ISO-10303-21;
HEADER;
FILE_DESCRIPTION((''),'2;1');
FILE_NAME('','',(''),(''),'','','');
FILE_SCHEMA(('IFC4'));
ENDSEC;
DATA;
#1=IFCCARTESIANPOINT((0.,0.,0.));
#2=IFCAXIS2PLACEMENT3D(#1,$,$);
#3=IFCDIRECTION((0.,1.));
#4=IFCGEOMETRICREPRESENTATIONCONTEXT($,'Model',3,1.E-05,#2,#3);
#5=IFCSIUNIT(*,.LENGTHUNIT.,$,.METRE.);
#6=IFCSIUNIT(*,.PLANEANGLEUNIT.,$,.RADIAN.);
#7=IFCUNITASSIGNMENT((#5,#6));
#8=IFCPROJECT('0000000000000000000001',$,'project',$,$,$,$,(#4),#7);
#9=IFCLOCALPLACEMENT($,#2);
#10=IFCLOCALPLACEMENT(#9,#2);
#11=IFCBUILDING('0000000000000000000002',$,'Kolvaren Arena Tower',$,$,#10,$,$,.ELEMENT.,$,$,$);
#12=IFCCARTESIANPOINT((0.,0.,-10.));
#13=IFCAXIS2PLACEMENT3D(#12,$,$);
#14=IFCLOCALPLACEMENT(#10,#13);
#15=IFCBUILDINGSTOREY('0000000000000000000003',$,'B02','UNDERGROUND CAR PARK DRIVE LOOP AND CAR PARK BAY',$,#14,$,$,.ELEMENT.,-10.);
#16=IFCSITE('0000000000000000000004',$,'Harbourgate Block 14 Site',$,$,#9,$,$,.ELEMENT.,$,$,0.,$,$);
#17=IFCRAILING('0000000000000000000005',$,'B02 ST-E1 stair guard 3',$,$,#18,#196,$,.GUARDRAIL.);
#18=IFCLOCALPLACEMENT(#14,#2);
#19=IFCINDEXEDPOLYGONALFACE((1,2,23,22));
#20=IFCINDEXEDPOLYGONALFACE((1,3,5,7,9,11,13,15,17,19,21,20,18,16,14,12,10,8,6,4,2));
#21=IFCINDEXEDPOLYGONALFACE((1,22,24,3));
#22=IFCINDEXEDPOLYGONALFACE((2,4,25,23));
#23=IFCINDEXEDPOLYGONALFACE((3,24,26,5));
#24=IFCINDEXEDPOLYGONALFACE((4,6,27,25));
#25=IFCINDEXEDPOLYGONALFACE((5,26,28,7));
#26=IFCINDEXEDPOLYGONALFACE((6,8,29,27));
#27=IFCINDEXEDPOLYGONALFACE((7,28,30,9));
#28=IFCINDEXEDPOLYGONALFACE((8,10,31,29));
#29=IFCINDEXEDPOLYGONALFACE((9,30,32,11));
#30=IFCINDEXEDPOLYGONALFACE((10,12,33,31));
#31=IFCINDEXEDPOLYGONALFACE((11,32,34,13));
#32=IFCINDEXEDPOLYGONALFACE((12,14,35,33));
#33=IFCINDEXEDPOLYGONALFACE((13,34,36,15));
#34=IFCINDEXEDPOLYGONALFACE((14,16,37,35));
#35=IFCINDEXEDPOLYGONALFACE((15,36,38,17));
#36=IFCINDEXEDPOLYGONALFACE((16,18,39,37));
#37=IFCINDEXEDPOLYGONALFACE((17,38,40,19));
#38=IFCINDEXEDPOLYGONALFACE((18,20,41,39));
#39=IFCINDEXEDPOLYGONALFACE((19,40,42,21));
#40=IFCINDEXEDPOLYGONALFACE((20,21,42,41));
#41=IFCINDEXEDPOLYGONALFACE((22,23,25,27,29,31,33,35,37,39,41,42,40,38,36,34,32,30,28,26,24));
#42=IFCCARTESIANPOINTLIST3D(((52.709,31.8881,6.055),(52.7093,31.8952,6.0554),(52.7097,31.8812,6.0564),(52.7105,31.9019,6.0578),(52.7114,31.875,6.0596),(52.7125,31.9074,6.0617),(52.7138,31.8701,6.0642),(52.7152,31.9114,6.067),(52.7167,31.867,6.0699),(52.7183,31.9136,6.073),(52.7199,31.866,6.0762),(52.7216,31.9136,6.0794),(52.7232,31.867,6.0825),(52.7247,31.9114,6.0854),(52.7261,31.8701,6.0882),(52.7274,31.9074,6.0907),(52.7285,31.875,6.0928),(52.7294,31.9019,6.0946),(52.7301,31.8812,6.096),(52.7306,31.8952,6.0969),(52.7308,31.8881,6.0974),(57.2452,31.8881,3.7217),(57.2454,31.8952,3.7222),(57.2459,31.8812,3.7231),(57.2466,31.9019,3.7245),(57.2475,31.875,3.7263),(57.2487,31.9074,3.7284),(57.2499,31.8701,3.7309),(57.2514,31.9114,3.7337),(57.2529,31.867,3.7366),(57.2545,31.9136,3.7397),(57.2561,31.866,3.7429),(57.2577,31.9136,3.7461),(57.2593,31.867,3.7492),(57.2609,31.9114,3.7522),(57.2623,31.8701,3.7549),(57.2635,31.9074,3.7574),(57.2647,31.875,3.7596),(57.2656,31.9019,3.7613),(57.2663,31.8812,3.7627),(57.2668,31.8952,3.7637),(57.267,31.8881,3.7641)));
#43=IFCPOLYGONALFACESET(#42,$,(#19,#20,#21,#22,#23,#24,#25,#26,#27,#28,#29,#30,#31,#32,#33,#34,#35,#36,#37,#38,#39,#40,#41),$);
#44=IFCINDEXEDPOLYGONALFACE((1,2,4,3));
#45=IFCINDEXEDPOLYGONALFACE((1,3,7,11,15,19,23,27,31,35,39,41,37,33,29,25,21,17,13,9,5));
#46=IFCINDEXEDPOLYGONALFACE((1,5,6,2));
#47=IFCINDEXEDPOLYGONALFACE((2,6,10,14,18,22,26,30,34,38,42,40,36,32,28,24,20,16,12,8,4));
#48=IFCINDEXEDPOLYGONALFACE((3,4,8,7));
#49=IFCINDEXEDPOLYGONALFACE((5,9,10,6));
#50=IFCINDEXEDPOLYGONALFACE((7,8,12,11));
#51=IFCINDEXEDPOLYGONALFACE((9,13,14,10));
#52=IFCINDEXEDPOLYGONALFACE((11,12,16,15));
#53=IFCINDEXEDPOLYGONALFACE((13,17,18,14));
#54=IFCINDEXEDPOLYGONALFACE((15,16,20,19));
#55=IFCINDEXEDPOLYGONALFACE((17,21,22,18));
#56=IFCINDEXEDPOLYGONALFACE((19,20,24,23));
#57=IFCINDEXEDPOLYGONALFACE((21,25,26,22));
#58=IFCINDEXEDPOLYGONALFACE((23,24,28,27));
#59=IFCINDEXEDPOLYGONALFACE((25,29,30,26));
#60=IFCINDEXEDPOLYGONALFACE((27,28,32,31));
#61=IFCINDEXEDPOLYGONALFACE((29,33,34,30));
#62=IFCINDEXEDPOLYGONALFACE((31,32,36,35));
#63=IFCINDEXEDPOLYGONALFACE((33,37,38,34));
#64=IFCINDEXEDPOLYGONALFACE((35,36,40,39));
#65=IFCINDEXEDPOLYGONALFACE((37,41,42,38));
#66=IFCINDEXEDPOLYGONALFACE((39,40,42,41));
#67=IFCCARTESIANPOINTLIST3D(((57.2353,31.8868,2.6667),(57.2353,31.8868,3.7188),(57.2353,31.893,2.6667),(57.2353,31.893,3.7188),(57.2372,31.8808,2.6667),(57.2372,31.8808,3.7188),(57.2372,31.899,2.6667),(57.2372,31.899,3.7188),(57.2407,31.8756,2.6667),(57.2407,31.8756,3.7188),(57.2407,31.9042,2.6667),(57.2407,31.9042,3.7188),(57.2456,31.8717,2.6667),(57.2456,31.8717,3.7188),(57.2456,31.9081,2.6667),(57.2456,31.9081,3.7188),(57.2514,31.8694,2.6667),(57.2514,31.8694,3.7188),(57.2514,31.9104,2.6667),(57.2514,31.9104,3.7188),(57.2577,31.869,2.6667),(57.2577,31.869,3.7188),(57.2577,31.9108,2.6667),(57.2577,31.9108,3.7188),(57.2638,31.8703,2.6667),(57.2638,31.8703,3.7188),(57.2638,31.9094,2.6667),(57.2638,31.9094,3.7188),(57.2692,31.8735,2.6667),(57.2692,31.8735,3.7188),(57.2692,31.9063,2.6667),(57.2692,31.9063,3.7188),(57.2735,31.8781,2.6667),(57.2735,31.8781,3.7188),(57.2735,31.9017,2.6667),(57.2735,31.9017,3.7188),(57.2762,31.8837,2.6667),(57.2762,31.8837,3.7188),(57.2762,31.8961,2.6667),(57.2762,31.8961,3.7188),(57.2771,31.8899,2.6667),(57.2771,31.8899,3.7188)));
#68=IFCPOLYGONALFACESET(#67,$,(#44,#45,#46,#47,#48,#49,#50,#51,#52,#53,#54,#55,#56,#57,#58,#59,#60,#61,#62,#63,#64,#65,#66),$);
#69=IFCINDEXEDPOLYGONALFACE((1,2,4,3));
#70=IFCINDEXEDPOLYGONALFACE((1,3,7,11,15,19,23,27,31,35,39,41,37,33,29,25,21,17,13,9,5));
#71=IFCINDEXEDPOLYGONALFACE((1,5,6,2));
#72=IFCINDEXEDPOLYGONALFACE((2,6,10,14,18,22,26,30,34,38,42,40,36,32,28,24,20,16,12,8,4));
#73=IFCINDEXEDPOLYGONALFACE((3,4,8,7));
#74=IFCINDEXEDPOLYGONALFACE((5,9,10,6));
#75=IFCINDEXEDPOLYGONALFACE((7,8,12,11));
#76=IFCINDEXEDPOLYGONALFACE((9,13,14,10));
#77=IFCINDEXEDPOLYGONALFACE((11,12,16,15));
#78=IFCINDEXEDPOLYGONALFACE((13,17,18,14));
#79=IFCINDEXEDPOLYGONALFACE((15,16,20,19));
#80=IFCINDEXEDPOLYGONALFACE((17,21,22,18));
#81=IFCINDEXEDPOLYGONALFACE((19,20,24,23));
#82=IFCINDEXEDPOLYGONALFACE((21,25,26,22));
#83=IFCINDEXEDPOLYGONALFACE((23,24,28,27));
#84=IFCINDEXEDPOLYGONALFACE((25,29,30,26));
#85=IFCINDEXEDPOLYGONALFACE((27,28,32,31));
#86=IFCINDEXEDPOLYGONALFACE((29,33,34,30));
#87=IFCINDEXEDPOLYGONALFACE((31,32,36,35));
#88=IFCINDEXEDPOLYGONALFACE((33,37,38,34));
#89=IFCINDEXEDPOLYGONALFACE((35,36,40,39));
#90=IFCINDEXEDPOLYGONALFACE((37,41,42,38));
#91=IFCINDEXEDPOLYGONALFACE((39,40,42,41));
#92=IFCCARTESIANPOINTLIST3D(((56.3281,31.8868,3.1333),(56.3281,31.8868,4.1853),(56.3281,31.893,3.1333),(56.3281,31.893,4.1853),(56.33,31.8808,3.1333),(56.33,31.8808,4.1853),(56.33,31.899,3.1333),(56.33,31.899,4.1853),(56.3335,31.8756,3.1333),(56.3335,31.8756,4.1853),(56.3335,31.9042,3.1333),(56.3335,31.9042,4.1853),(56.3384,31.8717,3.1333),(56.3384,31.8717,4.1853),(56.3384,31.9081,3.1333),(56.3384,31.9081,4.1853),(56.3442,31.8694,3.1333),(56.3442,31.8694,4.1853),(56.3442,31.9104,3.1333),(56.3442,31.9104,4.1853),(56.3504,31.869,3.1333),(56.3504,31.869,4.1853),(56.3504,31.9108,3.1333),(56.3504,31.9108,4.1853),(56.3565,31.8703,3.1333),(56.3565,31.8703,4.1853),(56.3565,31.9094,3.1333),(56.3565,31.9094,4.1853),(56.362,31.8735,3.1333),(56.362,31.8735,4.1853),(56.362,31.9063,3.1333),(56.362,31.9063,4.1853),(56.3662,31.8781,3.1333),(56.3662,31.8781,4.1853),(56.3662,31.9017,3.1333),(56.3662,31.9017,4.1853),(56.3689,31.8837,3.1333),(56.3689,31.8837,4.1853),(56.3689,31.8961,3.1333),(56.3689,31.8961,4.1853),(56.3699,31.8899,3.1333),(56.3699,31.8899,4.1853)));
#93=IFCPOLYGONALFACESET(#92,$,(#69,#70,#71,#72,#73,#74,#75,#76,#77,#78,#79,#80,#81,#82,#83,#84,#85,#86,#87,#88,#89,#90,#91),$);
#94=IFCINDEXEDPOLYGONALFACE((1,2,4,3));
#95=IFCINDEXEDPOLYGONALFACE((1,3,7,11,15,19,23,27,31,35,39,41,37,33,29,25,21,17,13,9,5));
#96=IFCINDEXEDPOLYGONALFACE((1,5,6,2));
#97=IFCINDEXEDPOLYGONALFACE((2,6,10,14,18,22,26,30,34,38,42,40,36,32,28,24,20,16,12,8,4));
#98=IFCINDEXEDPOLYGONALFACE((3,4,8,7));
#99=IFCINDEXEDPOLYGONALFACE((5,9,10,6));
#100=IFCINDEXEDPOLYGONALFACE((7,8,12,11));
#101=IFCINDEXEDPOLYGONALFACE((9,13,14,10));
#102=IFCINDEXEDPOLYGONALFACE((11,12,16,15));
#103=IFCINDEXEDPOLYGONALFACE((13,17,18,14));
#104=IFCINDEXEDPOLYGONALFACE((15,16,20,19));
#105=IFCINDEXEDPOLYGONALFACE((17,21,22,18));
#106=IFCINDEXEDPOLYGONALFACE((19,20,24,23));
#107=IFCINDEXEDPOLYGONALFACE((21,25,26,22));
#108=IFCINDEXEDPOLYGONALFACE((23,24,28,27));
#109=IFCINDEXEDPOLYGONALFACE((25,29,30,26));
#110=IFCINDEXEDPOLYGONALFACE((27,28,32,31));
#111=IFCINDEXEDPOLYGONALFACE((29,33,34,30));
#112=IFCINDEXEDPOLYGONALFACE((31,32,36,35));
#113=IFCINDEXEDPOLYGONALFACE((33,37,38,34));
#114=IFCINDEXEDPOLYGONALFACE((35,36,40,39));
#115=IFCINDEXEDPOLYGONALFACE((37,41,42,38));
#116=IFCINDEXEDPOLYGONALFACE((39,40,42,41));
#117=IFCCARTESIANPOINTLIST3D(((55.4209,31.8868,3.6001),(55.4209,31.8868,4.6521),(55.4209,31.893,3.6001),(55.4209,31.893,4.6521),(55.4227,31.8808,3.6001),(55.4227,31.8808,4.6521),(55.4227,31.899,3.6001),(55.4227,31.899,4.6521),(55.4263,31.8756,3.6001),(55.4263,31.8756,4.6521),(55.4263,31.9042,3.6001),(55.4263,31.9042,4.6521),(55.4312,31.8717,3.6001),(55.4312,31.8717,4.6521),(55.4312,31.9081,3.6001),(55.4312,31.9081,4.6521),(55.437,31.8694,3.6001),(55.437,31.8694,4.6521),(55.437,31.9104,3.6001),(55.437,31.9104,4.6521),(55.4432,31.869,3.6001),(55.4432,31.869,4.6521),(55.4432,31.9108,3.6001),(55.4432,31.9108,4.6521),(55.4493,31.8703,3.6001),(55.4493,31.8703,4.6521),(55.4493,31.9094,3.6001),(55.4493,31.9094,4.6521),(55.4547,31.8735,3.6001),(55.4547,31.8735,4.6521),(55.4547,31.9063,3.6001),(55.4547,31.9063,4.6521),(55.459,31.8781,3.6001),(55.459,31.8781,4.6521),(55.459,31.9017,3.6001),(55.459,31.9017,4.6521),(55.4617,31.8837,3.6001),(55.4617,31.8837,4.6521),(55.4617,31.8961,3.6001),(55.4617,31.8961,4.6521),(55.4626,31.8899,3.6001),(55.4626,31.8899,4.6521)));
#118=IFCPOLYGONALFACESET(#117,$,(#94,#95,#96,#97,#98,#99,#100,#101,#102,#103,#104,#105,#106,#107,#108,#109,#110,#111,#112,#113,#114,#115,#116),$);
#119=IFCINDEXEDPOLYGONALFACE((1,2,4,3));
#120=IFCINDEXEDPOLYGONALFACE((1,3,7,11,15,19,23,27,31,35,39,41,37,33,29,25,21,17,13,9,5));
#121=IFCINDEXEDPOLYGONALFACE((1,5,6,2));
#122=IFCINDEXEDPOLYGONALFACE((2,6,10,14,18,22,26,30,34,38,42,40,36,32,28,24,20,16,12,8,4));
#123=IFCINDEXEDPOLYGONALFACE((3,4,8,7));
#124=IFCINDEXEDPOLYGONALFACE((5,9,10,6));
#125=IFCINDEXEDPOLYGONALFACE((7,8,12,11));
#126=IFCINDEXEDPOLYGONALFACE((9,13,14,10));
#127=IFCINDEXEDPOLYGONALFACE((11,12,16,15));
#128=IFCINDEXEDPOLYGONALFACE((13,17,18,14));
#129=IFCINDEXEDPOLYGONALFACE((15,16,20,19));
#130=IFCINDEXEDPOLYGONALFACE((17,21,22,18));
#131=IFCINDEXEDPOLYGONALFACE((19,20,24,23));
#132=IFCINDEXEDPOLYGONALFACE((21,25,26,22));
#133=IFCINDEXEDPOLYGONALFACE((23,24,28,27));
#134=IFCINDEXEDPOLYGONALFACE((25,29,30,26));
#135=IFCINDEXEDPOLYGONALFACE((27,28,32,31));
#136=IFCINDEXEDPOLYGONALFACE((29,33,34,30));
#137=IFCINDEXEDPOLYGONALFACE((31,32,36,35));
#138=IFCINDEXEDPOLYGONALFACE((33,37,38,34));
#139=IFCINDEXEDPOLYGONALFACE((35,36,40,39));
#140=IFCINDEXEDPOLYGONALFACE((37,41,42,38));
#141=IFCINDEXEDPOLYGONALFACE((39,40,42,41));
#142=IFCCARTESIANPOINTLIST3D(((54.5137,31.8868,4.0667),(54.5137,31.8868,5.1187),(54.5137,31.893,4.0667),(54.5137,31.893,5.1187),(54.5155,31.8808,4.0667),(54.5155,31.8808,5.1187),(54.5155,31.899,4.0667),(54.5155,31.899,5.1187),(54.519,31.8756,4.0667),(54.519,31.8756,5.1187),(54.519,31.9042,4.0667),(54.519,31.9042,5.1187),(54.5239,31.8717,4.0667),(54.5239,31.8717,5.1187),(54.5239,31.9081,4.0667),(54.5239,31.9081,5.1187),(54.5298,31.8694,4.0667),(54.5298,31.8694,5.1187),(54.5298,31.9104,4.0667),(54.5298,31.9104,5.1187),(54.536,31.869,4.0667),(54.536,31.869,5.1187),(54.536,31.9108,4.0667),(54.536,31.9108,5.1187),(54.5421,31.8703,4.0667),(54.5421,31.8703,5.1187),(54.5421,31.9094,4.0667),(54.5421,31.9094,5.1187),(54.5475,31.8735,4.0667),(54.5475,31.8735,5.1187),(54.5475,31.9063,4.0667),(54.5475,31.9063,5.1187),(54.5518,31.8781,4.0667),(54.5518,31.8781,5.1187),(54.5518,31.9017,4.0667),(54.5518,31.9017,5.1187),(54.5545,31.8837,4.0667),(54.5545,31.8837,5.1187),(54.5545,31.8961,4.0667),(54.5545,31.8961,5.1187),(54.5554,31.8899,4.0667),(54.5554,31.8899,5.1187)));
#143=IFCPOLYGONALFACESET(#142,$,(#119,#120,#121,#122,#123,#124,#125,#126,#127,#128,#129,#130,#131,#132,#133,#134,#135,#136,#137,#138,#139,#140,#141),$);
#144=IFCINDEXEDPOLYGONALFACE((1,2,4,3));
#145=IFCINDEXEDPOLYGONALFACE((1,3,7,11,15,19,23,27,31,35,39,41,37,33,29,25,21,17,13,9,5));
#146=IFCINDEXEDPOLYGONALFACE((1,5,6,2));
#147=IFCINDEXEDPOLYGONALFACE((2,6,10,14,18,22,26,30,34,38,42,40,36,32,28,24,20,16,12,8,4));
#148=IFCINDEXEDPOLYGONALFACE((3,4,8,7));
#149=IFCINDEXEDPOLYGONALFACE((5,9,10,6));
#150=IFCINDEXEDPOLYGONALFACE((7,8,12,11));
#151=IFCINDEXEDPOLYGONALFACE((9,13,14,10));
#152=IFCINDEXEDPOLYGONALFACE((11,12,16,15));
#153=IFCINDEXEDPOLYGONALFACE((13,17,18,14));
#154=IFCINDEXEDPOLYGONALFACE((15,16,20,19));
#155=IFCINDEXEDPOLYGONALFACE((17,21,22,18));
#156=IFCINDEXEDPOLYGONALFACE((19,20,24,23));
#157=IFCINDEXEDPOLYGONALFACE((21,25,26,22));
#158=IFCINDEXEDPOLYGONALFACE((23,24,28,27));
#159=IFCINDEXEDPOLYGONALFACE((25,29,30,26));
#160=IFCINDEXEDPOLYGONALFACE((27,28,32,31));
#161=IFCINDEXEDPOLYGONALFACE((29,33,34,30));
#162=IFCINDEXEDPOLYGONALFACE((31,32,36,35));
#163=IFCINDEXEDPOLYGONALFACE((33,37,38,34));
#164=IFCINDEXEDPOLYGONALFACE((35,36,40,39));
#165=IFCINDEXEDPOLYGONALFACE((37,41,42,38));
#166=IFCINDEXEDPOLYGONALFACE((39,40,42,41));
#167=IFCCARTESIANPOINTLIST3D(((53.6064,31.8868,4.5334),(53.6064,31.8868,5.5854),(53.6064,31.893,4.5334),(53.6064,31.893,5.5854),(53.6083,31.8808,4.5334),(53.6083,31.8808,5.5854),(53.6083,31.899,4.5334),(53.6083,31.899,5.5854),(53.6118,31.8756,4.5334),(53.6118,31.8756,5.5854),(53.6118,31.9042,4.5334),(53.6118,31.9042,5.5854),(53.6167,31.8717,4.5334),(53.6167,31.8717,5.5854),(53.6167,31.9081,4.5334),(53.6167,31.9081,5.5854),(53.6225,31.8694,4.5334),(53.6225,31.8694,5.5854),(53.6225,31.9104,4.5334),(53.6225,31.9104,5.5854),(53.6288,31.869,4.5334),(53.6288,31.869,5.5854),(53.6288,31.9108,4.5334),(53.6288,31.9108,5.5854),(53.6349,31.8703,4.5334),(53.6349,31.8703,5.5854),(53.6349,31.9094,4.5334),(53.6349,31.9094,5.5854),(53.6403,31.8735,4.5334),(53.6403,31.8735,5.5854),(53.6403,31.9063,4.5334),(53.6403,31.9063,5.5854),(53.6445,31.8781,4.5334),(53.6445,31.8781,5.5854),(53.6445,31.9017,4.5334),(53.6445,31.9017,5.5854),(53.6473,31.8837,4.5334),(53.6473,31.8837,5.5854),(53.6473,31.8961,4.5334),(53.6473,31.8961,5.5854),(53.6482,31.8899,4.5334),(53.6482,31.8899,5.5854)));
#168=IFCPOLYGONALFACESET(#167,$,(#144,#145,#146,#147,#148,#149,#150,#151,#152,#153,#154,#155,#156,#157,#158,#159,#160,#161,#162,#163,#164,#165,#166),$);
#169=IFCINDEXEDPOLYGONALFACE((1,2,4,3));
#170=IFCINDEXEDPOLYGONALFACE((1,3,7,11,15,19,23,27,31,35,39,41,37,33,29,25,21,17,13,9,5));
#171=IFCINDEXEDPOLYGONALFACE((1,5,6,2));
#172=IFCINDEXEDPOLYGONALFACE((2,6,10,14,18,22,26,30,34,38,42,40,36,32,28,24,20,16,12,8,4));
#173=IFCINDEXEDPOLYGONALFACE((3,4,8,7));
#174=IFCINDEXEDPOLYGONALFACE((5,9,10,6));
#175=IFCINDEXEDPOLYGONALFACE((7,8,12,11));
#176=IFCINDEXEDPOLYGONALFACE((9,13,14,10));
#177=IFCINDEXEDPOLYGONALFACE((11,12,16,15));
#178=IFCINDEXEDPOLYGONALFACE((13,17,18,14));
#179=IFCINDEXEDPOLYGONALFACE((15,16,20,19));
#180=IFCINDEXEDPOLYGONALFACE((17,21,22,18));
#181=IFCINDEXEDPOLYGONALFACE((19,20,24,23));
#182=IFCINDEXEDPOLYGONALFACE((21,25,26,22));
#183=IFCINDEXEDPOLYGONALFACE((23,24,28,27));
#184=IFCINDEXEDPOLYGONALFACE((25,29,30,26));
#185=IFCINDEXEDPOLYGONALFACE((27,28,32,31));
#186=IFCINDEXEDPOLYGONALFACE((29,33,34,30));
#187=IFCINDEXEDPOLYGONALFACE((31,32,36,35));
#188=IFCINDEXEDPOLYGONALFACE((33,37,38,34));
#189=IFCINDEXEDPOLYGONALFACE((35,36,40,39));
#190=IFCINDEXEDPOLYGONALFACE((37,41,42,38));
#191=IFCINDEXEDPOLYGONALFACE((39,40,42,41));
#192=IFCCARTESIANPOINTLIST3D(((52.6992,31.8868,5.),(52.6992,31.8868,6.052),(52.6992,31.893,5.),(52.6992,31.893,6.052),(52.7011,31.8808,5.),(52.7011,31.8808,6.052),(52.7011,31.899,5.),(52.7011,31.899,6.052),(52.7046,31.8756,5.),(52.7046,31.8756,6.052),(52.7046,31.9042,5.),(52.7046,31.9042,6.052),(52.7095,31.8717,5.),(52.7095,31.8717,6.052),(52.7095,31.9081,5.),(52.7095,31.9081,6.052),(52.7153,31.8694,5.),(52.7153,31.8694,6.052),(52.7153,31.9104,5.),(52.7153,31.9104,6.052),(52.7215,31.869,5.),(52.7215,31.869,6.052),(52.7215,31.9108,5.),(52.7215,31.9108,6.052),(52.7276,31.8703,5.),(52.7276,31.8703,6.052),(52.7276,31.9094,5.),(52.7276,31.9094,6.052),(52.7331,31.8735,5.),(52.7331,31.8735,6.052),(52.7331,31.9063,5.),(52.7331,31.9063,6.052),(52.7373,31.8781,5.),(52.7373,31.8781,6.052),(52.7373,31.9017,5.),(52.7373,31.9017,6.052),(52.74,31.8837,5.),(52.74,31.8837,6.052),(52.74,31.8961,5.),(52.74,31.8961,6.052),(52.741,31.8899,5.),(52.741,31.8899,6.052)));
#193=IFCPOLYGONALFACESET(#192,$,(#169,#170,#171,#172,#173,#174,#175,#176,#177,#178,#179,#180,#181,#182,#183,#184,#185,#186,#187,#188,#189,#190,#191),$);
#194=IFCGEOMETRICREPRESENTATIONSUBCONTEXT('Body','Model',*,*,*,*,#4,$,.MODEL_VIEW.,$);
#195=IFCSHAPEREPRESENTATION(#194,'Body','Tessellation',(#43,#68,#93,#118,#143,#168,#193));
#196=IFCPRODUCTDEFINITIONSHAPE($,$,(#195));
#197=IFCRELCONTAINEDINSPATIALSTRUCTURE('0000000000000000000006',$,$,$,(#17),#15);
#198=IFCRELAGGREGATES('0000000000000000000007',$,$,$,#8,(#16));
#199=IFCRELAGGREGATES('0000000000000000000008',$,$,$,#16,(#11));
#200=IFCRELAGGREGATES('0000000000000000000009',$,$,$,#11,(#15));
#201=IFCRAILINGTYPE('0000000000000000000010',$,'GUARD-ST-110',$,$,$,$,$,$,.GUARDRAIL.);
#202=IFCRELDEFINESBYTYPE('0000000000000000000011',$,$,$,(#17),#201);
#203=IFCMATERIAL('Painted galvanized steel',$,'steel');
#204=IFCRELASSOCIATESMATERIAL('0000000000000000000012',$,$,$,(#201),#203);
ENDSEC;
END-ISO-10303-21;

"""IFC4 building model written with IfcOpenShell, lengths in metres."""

from ifc_helpers import new_model, si_unit, direction, frame, origin, origin_2d, place, context, subcontext, project, spatial, circle, extrude, material, type_object, element, save


model = new_model("IFC4")

# Units and contexts
model_context = context("Model", 3, precision=1e-05, world=origin(), true_north=direction((0.0, 1.0)))
body_context = subcontext(model_context, "Body", "Model", "MODEL_VIEW")
ifc_project = project(units=[si_unit("LENGTHUNIT", "METRE"), si_unit("PLANEANGLEUNIT", "RADIAN")], contexts=[model_context])

# Site, building, storey
site_placement = place(None, origin())
site = spatial("IfcSite", under=ifc_project, at=site_placement, Name="Harbourgate Block 14 Site", CompositionType="ELEMENT", RefElevation=0.0)
building_placement = place(site_placement, origin())
building = spatial("IfcBuilding", under=site, at=building_placement, Name="Kolvaren Arena Tower", CompositionType="ELEMENT")
storey_placement = place(building_placement, frame((0.0, 0.0, -10.0)))
storey = spatial("IfcBuildingStorey", under=building, at=storey_placement, Name="B02", Description="UNDERGROUND CAR PARK DRIVE LOOP AND CAR PARK BAY", CompositionType="ELEMENT", Elevation=-10.0)

# Railing
ifc_material_1 = material(Name="Painted galvanized steel", Category="steel")
railing_type_1 = type_object("IfcRailingType", Name="GUARD-ST-110", PredefinedType="GUARDRAIL", material=ifc_material_1)
railing_1_placement = place(storey_placement, frame((57.2561, 31.8899, 2.6667)))
element("IfcRailing", 1, at=railing_1_placement, inside=storey, type_object=railing_type_1, Name="B02 ST-E1 stair guard 3", PredefinedType="GUARDRAIL", context=body_context, shape_type="SweptSolid", body=[
    extrude(circle(Radius=0.0239, at=origin_2d()), frame((0.0, 0.0, 1.0762), z_axis=(-0.889257, 0.0, 0.457407), x_axis=(0.0, -1.0, 0.0)), (0.0, 0.0, 1.0), 5.1011),
    extrude(circle(Radius=0.021, at=origin_2d()), origin(), (0.0, 0.0, 1.0), 1.052),
    extrude(circle(Radius=0.021, at=origin_2d()), frame((-0.9072, 0.0, 0.4666)), (0.0, 0.0, 1.0), 1.052),
    extrude(circle(Radius=0.021, at=origin_2d()), frame((-1.8145, 0.0, 0.9333)), (0.0, 0.0, 1.0), 1.052),
    extrude(circle(Radius=0.021, at=origin_2d()), frame((-2.7217, 0.0, 1.3999)), (0.0, 0.0, 1.0), 1.052),
    extrude(circle(Radius=0.021, at=origin_2d()), frame((-3.6289, 0.0, 1.8667)), (0.0, 0.0, 1.0), 1.052),
    extrude(circle(Radius=0.021, at=origin_2d()), frame((-4.5361, 0.0, 2.3333)), (0.0, 0.0, 1.0), 1.052),
])

save(model, "model.ifc")
